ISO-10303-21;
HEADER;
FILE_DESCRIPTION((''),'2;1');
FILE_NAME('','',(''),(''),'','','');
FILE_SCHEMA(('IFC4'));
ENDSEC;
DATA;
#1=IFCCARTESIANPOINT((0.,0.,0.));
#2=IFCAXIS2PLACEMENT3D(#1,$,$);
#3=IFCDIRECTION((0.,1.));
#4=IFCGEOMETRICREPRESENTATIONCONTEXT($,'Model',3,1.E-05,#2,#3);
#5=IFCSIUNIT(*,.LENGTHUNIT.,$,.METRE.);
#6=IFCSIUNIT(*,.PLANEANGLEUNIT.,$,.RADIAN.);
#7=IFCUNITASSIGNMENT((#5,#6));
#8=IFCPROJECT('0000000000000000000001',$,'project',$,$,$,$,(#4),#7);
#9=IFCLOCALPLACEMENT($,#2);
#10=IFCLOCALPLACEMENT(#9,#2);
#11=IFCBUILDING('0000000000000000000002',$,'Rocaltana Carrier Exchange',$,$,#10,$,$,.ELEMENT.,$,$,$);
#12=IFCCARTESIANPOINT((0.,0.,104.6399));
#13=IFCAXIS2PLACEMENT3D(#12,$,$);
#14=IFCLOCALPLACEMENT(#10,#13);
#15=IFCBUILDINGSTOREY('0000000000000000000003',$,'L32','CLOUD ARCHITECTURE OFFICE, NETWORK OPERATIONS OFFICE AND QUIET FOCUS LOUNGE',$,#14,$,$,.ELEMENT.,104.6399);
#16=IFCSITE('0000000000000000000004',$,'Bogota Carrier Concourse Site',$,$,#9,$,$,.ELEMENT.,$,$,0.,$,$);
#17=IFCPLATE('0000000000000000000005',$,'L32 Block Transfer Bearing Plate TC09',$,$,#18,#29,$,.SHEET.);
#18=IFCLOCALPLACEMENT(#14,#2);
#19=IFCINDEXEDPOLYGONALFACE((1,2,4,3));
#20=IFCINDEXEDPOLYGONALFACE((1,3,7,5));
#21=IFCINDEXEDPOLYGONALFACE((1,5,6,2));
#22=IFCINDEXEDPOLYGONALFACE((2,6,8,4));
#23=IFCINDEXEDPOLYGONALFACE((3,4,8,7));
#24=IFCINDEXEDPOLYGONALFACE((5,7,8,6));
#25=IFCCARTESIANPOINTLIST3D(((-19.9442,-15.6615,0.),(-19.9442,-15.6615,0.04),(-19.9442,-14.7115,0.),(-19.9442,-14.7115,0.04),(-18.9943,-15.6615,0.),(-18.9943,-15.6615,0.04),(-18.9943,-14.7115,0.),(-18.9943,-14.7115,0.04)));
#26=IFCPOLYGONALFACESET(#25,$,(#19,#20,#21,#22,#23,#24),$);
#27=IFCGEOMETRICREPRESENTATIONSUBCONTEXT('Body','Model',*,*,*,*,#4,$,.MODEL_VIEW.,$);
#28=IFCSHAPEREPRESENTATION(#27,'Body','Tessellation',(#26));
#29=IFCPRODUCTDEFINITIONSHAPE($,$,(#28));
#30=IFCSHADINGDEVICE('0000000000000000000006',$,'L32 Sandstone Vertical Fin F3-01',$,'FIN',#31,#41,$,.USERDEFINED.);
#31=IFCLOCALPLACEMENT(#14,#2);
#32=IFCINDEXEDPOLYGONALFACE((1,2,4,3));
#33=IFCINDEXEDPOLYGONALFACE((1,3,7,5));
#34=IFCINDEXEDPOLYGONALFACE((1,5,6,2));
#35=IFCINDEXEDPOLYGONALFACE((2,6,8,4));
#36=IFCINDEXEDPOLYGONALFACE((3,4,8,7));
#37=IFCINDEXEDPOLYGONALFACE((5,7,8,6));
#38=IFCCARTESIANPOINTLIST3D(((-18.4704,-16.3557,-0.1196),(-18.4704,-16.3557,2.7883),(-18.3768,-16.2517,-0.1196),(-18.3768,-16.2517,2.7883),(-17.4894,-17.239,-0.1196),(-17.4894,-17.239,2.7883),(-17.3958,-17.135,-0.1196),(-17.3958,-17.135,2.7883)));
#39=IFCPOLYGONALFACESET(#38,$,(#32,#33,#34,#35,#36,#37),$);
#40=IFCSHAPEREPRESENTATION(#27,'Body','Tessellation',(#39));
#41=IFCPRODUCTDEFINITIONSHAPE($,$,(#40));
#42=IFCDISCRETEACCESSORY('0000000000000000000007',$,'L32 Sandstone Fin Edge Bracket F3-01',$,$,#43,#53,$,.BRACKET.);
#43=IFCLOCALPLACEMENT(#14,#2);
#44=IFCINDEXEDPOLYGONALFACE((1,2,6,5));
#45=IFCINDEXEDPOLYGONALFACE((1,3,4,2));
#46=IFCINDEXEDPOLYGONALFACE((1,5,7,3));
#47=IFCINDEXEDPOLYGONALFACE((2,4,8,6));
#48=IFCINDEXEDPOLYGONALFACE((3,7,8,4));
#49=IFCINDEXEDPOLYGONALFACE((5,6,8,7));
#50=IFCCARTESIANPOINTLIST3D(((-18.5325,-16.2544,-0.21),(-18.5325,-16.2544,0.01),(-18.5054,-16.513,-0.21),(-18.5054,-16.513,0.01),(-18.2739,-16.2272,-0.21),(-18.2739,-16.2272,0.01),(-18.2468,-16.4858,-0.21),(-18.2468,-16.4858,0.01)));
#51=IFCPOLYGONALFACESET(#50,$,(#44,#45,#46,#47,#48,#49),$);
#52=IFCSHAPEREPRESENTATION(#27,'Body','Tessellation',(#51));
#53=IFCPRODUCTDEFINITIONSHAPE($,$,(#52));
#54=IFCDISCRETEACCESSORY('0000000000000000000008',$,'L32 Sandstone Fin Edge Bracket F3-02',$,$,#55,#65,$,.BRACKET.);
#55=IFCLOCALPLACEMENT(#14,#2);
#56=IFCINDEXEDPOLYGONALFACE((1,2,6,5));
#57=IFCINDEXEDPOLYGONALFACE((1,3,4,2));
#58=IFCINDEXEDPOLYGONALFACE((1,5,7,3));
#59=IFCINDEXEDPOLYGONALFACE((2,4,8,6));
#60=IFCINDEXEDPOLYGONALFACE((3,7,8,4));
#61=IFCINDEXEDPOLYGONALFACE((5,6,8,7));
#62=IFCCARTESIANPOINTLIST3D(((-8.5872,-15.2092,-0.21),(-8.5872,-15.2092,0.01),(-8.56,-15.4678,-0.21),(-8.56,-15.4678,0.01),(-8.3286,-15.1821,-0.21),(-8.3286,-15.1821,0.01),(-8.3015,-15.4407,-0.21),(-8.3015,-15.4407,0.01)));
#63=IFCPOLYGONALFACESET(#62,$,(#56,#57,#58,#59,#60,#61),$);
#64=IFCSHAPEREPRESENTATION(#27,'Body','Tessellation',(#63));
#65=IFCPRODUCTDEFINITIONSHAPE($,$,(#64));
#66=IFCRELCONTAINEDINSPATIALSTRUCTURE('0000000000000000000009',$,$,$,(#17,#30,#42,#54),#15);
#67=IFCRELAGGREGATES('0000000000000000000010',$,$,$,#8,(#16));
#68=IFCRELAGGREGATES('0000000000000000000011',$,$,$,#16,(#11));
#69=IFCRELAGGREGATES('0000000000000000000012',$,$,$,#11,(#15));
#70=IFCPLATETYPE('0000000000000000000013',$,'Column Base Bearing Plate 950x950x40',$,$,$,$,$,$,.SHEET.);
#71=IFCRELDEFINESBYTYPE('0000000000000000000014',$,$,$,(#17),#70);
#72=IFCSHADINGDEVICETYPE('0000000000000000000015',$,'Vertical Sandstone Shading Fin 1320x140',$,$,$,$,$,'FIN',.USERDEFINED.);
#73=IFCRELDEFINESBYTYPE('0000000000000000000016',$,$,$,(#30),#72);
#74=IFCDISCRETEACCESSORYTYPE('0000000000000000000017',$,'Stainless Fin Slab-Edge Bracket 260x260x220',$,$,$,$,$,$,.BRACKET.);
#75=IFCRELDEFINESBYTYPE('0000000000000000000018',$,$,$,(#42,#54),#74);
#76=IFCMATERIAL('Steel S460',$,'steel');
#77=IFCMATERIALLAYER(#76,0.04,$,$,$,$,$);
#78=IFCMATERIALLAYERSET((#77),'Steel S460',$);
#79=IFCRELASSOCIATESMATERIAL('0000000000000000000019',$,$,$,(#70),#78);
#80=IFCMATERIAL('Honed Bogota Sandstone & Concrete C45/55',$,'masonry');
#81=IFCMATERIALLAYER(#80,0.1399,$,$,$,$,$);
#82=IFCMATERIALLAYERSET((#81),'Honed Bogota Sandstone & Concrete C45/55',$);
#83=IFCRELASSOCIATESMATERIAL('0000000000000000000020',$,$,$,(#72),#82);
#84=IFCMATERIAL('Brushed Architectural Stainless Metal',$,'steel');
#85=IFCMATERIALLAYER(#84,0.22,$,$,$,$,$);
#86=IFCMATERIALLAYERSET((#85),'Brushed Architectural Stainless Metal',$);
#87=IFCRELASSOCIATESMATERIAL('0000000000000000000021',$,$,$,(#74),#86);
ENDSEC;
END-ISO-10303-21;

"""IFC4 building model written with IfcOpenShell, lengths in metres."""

from ifc_helpers import new_model, si_unit, direction, frame, origin, origin_2d, place, context, subcontext, project, spatial, rectangle, extrude, material, layer, layer_set, type_object, element, save


model = new_model("IFC4")

# Units and contexts
model_context = context("Model", 3, precision=1e-05, world=origin(), true_north=direction((0.0, 1.0)))
body_context = subcontext(model_context, "Body", "Model", "MODEL_VIEW")
ifc_project = project(units=[si_unit("LENGTHUNIT", "METRE"), si_unit("PLANEANGLEUNIT", "RADIAN")], contexts=[model_context])

# Site, building, storey
site_placement = place(None, origin())
site = spatial("IfcSite", under=ifc_project, at=site_placement, Name="Bogota Carrier Concourse Site", CompositionType="ELEMENT", RefElevation=0.0)
building_placement = place(site_placement, origin())
building = spatial("IfcBuilding", under=site, at=building_placement, Name="Rocaltana Carrier Exchange", CompositionType="ELEMENT")
storey_placement = place(building_placement, frame((0.0, 0.0, 104.6399)))
storey = spatial("IfcBuildingStorey", under=building, at=storey_placement, Name="L32", Description="CLOUD ARCHITECTURE OFFICE, NETWORK OPERATIONS OFFICE AND QUIET FOCUS LOUNGE", CompositionType="ELEMENT", Elevation=104.6399)

# Plate
ifc_material_1 = material(Name="Steel S460", Category="steel")
ifc_layer_1 = layer(ifc_material_1, 0.04)
ifc_layer_set_1 = layer_set([ifc_layer_1], Name="Steel S460")
plate_type_1 = type_object("IfcPlateType", Name="Column Base Bearing Plate 950x950x40", PredefinedType="SHEET", material=ifc_layer_set_1)
for number, where, z_axis, x_axis, name in (
    (1, (-19.4692, -15.1865, 0.0), (0.0, 0.0, 1.0), (1.0, 0.0, 0.0), "L32 Block Transfer Bearing Plate TC09"),
):
    element("IfcPlate", number, at=place(storey_placement, frame(where, z_axis=z_axis, x_axis=x_axis)), inside=storey, type_object=plate_type_1, Name=name, PredefinedType="SHEET", context=body_context, shape_type="SweptSolid", body=[
        extrude(rectangle(XDim=0.95, YDim=0.95, at=origin_2d()), origin(), (0.0, 0.0, 1.0), 0.04),
    ])

# Shading device
ifc_material_2 = material(Name="Honed Bogota Sandstone & Concrete C45/55", Category="masonry")
ifc_layer_2 = layer(ifc_material_2, 0.1399)
ifc_layer_set_2 = layer_set([ifc_layer_2], Name="Honed Bogota Sandstone & Concrete C45/55")
shading_device_type = type_object("IfcShadingDeviceType", Name="Vertical Sandstone Shading Fin 1320x140", ElementType="FIN", PredefinedType="USERDEFINED", material=ifc_layer_set_2)
shading_device_placement = place(storey_placement, frame((-17.9331, -16.7454, -0.1196), z_axis=(0.0, 0.0, 1.0), x_axis=(0.743145, -0.669131, 0.0)))
element("IfcShadingDevice", 2, at=shading_device_placement, inside=storey, type_object=shading_device_type, Name="L32 Sandstone Vertical Fin F3-01", ObjectType="FIN", PredefinedType="USERDEFINED", context=body_context, shape_type="SweptSolid", body=[
    extrude(rectangle(XDim=1.3201, YDim=0.1399, at=origin_2d()), origin(), (0.0, 0.0, 1.0), 2.908),
])

# Discrete accessories
ifc_material_3 = material(Name="Brushed Architectural Stainless Metal", Category="steel")
ifc_layer_3 = layer(ifc_material_3, 0.22)
ifc_layer_set_3 = layer_set([ifc_layer_3], Name="Brushed Architectural Stainless Metal")
discrete_accessory_type = type_object("IfcDiscreteAccessoryType", Name="Stainless Fin Slab-Edge Bracket 260x260x220", PredefinedType="BRACKET", material=ifc_layer_set_3)
for number, where, z_axis, x_axis, name in (
    (3, (-18.3896, -16.3701, -0.21), (0.0, 0.0, 1.0), (0.994522, 0.104528, 0.0), "L32 Sandstone Fin Edge Bracket F3-01"),
    (4, (-8.4443, -15.325, -0.21), (0.0, 0.0, 1.0), (0.994522, 0.104528, 0.0), "L32 Sandstone Fin Edge Bracket F3-02"),
):
    element("IfcDiscreteAccessory", number, at=place(storey_placement, frame(where, z_axis=z_axis, x_axis=x_axis)), inside=storey, type_object=discrete_accessory_type, Name=name, PredefinedType="BRACKET", context=body_context, shape_type="SweptSolid", body=[
        extrude(rectangle(XDim=0.26, YDim=0.26, at=origin_2d()), origin(), (0.0, 0.0, 1.0), 0.22),
    ])

save(model, "model.ifc")
